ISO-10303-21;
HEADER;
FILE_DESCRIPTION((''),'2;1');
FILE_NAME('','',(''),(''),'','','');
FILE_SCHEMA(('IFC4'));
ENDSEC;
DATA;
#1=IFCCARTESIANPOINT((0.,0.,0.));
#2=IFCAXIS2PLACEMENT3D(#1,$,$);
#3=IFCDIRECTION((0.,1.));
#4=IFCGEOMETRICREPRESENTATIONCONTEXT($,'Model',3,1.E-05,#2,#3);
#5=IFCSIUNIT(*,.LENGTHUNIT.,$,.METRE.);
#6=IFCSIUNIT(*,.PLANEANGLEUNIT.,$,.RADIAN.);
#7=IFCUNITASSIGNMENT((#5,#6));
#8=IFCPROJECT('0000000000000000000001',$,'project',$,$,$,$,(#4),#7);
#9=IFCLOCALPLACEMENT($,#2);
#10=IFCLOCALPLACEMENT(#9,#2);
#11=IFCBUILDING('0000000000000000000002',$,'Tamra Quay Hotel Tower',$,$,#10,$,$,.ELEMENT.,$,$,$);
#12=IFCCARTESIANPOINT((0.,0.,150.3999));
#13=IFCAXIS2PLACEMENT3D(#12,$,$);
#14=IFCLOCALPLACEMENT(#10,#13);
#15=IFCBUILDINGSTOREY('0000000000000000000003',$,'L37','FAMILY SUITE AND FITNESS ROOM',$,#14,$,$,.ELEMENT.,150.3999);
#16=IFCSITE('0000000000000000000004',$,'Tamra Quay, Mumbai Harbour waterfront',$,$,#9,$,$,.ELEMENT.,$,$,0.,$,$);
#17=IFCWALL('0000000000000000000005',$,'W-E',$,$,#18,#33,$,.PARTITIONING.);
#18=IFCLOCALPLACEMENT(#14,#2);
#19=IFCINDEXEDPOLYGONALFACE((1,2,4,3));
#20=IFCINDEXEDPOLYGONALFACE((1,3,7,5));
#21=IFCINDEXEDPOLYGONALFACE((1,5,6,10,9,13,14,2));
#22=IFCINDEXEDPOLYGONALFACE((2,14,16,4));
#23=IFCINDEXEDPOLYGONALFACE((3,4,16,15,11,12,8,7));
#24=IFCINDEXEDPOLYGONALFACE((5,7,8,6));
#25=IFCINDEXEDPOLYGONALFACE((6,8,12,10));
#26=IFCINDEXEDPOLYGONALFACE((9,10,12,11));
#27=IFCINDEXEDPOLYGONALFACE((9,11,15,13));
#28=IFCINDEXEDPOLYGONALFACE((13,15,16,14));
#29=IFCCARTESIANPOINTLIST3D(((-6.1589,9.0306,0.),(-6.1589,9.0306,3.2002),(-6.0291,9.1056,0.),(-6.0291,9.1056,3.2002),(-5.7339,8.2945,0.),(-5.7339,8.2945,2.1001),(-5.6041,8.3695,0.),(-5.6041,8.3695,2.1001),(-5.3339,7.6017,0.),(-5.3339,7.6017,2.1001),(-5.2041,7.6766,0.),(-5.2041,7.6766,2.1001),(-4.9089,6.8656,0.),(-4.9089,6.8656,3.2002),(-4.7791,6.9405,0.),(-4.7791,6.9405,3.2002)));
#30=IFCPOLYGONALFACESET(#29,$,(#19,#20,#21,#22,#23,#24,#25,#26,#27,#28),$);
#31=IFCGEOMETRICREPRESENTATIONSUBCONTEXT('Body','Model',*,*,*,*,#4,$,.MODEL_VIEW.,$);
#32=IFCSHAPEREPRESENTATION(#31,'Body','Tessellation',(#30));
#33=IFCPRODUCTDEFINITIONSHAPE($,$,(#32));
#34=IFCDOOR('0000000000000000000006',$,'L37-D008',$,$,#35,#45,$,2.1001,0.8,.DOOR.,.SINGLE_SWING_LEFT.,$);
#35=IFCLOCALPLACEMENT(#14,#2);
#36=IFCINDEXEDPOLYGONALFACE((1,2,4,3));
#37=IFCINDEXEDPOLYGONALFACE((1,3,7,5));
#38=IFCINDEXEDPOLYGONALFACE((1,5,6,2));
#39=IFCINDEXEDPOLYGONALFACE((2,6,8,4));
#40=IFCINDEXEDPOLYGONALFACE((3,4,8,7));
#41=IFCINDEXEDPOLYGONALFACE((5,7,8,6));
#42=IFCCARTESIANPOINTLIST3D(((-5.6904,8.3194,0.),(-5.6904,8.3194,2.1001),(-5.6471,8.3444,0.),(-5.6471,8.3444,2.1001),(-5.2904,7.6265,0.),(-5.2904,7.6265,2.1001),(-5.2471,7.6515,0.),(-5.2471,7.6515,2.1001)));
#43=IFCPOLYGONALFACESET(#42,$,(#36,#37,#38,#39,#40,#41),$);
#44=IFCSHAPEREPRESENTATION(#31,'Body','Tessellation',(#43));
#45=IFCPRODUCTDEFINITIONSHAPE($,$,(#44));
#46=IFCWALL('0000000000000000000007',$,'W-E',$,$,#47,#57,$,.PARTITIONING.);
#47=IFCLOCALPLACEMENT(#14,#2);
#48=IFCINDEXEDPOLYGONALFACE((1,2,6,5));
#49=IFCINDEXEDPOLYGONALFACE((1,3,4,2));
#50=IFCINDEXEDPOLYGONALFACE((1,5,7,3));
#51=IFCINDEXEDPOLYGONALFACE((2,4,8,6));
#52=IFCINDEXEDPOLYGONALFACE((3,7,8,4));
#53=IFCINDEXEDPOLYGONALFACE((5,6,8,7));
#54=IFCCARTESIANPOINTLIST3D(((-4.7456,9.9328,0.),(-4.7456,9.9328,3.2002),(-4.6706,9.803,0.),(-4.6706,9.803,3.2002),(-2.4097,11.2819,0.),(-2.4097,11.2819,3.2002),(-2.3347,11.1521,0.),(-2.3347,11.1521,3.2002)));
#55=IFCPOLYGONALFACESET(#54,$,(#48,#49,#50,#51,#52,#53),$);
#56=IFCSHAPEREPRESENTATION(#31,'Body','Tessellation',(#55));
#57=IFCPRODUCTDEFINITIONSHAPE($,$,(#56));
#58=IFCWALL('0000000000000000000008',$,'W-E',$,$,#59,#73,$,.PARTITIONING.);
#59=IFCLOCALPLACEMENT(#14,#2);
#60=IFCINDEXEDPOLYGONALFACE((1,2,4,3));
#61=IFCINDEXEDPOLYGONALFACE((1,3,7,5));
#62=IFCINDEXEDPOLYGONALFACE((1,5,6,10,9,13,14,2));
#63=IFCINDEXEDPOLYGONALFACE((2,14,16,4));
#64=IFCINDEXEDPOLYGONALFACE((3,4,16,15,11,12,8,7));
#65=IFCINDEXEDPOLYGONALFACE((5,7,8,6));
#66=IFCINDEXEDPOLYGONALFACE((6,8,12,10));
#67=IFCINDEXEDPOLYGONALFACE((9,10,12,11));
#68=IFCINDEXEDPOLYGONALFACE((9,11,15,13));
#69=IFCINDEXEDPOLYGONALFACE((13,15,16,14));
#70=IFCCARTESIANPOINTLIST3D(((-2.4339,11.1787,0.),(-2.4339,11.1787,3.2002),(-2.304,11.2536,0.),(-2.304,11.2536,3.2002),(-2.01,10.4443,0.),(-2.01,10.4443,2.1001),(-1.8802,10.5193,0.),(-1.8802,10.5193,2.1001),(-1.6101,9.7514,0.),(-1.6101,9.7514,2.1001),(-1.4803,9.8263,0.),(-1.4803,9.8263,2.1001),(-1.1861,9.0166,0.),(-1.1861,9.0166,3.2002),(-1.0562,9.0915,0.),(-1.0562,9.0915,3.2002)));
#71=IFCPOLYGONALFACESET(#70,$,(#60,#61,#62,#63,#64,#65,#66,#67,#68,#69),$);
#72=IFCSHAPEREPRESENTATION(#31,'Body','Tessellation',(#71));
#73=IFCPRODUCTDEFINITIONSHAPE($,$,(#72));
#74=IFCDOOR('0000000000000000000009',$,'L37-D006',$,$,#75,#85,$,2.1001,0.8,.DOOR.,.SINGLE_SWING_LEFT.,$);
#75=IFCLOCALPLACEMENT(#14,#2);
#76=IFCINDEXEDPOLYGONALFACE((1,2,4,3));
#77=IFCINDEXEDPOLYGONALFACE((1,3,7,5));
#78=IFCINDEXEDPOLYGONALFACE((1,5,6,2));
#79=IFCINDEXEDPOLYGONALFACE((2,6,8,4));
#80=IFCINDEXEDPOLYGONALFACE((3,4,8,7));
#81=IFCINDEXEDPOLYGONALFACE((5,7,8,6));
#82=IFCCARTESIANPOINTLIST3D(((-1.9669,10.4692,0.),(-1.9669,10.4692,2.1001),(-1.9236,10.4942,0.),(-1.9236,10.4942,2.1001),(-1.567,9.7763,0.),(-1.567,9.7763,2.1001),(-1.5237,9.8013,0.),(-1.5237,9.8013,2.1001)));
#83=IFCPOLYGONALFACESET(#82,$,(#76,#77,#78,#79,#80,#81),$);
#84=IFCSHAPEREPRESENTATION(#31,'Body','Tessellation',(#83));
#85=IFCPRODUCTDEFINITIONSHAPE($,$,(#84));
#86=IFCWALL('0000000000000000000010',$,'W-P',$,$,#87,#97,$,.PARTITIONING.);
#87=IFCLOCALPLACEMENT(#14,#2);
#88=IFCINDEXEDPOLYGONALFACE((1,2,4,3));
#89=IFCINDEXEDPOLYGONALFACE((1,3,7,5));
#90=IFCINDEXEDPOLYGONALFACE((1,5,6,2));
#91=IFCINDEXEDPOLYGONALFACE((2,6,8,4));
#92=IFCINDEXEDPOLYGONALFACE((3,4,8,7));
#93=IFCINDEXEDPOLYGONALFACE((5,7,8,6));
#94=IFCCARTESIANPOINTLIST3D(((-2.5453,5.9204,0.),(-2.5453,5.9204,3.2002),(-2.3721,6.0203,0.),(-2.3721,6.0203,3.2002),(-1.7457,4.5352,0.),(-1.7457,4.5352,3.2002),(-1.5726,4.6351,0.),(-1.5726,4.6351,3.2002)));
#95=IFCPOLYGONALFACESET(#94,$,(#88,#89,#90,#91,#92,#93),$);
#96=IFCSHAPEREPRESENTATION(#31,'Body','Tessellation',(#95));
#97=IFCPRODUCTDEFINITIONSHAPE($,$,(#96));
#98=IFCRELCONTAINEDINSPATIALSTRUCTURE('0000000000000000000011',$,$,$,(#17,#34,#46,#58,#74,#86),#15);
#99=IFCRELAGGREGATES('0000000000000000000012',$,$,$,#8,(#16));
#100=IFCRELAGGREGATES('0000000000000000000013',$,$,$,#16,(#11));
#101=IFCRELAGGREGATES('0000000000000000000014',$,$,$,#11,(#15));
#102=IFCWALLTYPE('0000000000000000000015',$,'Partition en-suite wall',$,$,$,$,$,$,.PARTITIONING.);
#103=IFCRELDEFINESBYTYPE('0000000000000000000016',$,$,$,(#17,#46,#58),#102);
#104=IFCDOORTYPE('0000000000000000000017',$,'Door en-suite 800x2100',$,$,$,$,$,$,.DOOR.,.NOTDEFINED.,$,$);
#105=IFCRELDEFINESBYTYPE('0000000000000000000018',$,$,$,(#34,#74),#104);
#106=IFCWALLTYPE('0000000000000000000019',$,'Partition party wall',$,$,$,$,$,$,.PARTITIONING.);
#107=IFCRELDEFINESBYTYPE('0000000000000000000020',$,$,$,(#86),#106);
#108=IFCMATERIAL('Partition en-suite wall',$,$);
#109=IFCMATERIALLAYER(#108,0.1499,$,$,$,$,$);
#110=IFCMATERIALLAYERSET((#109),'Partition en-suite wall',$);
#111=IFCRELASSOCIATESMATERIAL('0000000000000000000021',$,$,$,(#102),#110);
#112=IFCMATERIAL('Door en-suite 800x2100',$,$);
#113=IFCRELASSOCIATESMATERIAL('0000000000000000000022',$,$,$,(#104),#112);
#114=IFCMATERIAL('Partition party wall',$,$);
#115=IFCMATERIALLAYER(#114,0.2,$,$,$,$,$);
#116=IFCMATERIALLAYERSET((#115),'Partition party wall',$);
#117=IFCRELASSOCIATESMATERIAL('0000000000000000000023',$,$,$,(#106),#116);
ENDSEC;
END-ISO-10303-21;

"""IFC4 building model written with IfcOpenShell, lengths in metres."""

from ifc_helpers import new_model, si_unit, direction, frame, frame_2d, origin, place, context, subcontext, project, spatial, rectangle, extrude, material, layer, layer_set, type_object, element, fill, save


model = new_model("IFC4")

# Units and contexts
model_context = context("Model", 3, precision=1e-05, world=origin(), true_north=direction((0.0, 1.0)))
body_context = subcontext(model_context, "Body", "Model", "MODEL_VIEW")
ifc_project = project(units=[si_unit("LENGTHUNIT", "METRE"), si_unit("PLANEANGLEUNIT", "RADIAN")], contexts=[model_context])

# Site, building, storey
site_placement = place(None, origin())
site = spatial("IfcSite", under=ifc_project, at=site_placement, Name="Tamra Quay, Mumbai Harbour waterfront", CompositionType="ELEMENT", RefElevation=0.0)
building_placement = place(site_placement, origin())
building = spatial("IfcBuilding", under=site, at=building_placement, Name="Tamra Quay Hotel Tower", CompositionType="ELEMENT")
storey_placement = place(building_placement, frame((0.0, 0.0, 150.3999)))
storey = spatial("IfcBuildingStorey", under=building, at=storey_placement, Name="L37", Description="FAMILY SUITE AND FITNESS ROOM", CompositionType="ELEMENT", Elevation=150.3999)

# Wall, opening, door
ifc_material_1 = material(Name="Partition en-suite wall")
ifc_layer_1 = layer(ifc_material_1, 0.1499)
ifc_layer_set_1 = layer_set([ifc_layer_1], Name="Partition en-suite wall")
wall_type_1 = type_object("IfcWallType", Name="Partition en-suite wall", PredefinedType="PARTITIONING", material=ifc_layer_set_1)
wall_1_placement = place(storey_placement, frame((-6.094, 9.0681, 0.0), z_axis=(0.0, 0.0, 1.0), x_axis=(0.500004, -0.866023, 0.0)))
wall_1 = element("IfcWall", 1, at=wall_1_placement, inside=storey, type_object=wall_type_1, Name="W-E", PredefinedType="PARTITIONING", context=body_context, shape_type="SweptSolid", body=[
    extrude(rectangle(XDim=2.5, YDim=0.1499, at=frame_2d((1.25, 0.0))), origin(), (0.0, 0.0, 1.0), 3.2002),
])
opening_1_placement = place(wall_1_placement, frame((0.8501, 0.0, 0.0)))
opening_1 = element("IfcOpeningElement", 2, at=opening_1_placement, cuts=wall_1, PredefinedType="OPENING", context=body_context, shape_type="SweptSolid", body=[
    extrude(rectangle(XDim=0.8, YDim=2.1001, at=frame_2d((0.3999, 1.05))), frame((0.0, 0.085, 0.0), z_axis=(0.0, -1.0, 0.0), x_axis=(1.0, 0.0, 0.0)), (0.0, 0.0, 1.0), 0.1699),
])
ifc_material_2 = material(Name="Door en-suite 800x2100")
door_type_1 = type_object("IfcDoorType", Name="Door en-suite 800x2100", OperationType="NOTDEFINED", PredefinedType="DOOR", material=ifc_material_2)
door_1_placement = place(opening_1_placement, frame((0.8, 0.0, 0.0), z_axis=(0.0, 0.0, 1.0), x_axis=(-1.0, 0.0, 0.0)))
door_1 = element("IfcDoor", 3, at=door_1_placement, inside=storey, type_object=door_type_1, Name="L37-D008", OperationType="SINGLE_SWING_LEFT", OverallHeight=2.1001, OverallWidth=0.8, PredefinedType="DOOR", context=body_context, shape_type="SweptSolid", body=[
    extrude(rectangle(XDim=0.8, YDim=2.1001, at=frame_2d((0.3999, 1.05))), frame((0.0, 0.0249, 0.0), z_axis=(0.0, -1.0, 0.0), x_axis=(1.0, 0.0, 0.0)), (0.0, 0.0, 1.0), 0.05),
])
fill(opening_1, door_1)

# Wall
wall_2_placement = place(storey_placement, frame((-4.708, 9.8679, 0.0), z_axis=(0.0, 0.0, 1.0), x_axis=(0.86595, 0.50013, 0.0)))
element("IfcWall", 4, at=wall_2_placement, inside=storey, type_object=wall_type_1, Name="W-E", PredefinedType="PARTITIONING", context=body_context, shape_type="SweptSolid", body=[
    extrude(rectangle(XDim=2.6975, YDim=0.1499, at=frame_2d((1.3486, 0.0))), origin(), (0.0, 0.0, 1.0), 3.2002),
])

# Wall, opening, door
wall_3_placement = place(storey_placement, frame((-2.3689, 11.2161, 0.0), z_axis=(0.0, 0.0, 1.0), x_axis=(0.499852, -0.866111, 0.0)))
wall_3 = element("IfcWall", 5, at=wall_3_placement, inside=storey, type_object=wall_type_1, Name="W-E", PredefinedType="PARTITIONING", context=body_context, shape_type="SweptSolid", body=[
    extrude(rectangle(XDim=2.4963, YDim=0.1499, at=frame_2d((1.248, 0.0))), origin(), (0.0, 0.0, 1.0), 3.2002),
])
opening_2_placement = place(wall_3_placement, frame((0.8479, 0.0, 0.0)))
opening_2 = element("IfcOpeningElement", 6, at=opening_2_placement, cuts=wall_3, PredefinedType="OPENING", context=body_context, shape_type="SweptSolid", body=[
    extrude(rectangle(XDim=0.8, YDim=2.1001, at=frame_2d((0.3999, 1.05))), frame((0.0, 0.085, 0.0), z_axis=(0.0, -1.0, 0.0), x_axis=(1.0, 0.0, 0.0)), (0.0, 0.0, 1.0), 0.1699),
])
door_2_placement = place(opening_2_placement, origin())
door_2 = element("IfcDoor", 7, at=door_2_placement, inside=storey, type_object=door_type_1, Name="L37-D006", OperationType="SINGLE_SWING_LEFT", OverallHeight=2.1001, OverallWidth=0.8, PredefinedType="DOOR", context=body_context, shape_type="SweptSolid", body=[
    extrude(rectangle(XDim=0.8, YDim=2.1001, at=frame_2d((0.3999, 1.05))), frame((0.0, 0.0249, 0.0), z_axis=(0.0, -1.0, 0.0), x_axis=(1.0, 0.0, 0.0)), (0.0, 0.0, 1.0), 0.05),
])
fill(opening_2, door_2)

# Wall
ifc_material_3 = material(Name="Partition party wall")
ifc_layer_2 = layer(ifc_material_3, 0.2)
ifc_layer_set_2 = layer_set([ifc_layer_2], Name="Partition party wall")
wall_type_2 = type_object("IfcWallType", Name="Partition party wall", PredefinedType="PARTITIONING", material=ifc_layer_set_2)
wall_4_placement = place(storey_placement, frame((-2.4587, 5.9705, 0.0), z_axis=(0.0, 0.0, 1.0), x_axis=(0.499899, -0.866084, 0.0)))
element("IfcWall", 8, at=wall_4_placement, inside=storey, type_object=wall_type_2, Name="W-P", PredefinedType="PARTITIONING", context=body_context, shape_type="SweptSolid", body=[
    extrude(rectangle(XDim=1.5994, YDim=0.2, at=frame_2d((0.7998, 0.0))), origin(), (0.0, 0.0, 1.0), 3.2002),
])

save(model, "model.ifc")
